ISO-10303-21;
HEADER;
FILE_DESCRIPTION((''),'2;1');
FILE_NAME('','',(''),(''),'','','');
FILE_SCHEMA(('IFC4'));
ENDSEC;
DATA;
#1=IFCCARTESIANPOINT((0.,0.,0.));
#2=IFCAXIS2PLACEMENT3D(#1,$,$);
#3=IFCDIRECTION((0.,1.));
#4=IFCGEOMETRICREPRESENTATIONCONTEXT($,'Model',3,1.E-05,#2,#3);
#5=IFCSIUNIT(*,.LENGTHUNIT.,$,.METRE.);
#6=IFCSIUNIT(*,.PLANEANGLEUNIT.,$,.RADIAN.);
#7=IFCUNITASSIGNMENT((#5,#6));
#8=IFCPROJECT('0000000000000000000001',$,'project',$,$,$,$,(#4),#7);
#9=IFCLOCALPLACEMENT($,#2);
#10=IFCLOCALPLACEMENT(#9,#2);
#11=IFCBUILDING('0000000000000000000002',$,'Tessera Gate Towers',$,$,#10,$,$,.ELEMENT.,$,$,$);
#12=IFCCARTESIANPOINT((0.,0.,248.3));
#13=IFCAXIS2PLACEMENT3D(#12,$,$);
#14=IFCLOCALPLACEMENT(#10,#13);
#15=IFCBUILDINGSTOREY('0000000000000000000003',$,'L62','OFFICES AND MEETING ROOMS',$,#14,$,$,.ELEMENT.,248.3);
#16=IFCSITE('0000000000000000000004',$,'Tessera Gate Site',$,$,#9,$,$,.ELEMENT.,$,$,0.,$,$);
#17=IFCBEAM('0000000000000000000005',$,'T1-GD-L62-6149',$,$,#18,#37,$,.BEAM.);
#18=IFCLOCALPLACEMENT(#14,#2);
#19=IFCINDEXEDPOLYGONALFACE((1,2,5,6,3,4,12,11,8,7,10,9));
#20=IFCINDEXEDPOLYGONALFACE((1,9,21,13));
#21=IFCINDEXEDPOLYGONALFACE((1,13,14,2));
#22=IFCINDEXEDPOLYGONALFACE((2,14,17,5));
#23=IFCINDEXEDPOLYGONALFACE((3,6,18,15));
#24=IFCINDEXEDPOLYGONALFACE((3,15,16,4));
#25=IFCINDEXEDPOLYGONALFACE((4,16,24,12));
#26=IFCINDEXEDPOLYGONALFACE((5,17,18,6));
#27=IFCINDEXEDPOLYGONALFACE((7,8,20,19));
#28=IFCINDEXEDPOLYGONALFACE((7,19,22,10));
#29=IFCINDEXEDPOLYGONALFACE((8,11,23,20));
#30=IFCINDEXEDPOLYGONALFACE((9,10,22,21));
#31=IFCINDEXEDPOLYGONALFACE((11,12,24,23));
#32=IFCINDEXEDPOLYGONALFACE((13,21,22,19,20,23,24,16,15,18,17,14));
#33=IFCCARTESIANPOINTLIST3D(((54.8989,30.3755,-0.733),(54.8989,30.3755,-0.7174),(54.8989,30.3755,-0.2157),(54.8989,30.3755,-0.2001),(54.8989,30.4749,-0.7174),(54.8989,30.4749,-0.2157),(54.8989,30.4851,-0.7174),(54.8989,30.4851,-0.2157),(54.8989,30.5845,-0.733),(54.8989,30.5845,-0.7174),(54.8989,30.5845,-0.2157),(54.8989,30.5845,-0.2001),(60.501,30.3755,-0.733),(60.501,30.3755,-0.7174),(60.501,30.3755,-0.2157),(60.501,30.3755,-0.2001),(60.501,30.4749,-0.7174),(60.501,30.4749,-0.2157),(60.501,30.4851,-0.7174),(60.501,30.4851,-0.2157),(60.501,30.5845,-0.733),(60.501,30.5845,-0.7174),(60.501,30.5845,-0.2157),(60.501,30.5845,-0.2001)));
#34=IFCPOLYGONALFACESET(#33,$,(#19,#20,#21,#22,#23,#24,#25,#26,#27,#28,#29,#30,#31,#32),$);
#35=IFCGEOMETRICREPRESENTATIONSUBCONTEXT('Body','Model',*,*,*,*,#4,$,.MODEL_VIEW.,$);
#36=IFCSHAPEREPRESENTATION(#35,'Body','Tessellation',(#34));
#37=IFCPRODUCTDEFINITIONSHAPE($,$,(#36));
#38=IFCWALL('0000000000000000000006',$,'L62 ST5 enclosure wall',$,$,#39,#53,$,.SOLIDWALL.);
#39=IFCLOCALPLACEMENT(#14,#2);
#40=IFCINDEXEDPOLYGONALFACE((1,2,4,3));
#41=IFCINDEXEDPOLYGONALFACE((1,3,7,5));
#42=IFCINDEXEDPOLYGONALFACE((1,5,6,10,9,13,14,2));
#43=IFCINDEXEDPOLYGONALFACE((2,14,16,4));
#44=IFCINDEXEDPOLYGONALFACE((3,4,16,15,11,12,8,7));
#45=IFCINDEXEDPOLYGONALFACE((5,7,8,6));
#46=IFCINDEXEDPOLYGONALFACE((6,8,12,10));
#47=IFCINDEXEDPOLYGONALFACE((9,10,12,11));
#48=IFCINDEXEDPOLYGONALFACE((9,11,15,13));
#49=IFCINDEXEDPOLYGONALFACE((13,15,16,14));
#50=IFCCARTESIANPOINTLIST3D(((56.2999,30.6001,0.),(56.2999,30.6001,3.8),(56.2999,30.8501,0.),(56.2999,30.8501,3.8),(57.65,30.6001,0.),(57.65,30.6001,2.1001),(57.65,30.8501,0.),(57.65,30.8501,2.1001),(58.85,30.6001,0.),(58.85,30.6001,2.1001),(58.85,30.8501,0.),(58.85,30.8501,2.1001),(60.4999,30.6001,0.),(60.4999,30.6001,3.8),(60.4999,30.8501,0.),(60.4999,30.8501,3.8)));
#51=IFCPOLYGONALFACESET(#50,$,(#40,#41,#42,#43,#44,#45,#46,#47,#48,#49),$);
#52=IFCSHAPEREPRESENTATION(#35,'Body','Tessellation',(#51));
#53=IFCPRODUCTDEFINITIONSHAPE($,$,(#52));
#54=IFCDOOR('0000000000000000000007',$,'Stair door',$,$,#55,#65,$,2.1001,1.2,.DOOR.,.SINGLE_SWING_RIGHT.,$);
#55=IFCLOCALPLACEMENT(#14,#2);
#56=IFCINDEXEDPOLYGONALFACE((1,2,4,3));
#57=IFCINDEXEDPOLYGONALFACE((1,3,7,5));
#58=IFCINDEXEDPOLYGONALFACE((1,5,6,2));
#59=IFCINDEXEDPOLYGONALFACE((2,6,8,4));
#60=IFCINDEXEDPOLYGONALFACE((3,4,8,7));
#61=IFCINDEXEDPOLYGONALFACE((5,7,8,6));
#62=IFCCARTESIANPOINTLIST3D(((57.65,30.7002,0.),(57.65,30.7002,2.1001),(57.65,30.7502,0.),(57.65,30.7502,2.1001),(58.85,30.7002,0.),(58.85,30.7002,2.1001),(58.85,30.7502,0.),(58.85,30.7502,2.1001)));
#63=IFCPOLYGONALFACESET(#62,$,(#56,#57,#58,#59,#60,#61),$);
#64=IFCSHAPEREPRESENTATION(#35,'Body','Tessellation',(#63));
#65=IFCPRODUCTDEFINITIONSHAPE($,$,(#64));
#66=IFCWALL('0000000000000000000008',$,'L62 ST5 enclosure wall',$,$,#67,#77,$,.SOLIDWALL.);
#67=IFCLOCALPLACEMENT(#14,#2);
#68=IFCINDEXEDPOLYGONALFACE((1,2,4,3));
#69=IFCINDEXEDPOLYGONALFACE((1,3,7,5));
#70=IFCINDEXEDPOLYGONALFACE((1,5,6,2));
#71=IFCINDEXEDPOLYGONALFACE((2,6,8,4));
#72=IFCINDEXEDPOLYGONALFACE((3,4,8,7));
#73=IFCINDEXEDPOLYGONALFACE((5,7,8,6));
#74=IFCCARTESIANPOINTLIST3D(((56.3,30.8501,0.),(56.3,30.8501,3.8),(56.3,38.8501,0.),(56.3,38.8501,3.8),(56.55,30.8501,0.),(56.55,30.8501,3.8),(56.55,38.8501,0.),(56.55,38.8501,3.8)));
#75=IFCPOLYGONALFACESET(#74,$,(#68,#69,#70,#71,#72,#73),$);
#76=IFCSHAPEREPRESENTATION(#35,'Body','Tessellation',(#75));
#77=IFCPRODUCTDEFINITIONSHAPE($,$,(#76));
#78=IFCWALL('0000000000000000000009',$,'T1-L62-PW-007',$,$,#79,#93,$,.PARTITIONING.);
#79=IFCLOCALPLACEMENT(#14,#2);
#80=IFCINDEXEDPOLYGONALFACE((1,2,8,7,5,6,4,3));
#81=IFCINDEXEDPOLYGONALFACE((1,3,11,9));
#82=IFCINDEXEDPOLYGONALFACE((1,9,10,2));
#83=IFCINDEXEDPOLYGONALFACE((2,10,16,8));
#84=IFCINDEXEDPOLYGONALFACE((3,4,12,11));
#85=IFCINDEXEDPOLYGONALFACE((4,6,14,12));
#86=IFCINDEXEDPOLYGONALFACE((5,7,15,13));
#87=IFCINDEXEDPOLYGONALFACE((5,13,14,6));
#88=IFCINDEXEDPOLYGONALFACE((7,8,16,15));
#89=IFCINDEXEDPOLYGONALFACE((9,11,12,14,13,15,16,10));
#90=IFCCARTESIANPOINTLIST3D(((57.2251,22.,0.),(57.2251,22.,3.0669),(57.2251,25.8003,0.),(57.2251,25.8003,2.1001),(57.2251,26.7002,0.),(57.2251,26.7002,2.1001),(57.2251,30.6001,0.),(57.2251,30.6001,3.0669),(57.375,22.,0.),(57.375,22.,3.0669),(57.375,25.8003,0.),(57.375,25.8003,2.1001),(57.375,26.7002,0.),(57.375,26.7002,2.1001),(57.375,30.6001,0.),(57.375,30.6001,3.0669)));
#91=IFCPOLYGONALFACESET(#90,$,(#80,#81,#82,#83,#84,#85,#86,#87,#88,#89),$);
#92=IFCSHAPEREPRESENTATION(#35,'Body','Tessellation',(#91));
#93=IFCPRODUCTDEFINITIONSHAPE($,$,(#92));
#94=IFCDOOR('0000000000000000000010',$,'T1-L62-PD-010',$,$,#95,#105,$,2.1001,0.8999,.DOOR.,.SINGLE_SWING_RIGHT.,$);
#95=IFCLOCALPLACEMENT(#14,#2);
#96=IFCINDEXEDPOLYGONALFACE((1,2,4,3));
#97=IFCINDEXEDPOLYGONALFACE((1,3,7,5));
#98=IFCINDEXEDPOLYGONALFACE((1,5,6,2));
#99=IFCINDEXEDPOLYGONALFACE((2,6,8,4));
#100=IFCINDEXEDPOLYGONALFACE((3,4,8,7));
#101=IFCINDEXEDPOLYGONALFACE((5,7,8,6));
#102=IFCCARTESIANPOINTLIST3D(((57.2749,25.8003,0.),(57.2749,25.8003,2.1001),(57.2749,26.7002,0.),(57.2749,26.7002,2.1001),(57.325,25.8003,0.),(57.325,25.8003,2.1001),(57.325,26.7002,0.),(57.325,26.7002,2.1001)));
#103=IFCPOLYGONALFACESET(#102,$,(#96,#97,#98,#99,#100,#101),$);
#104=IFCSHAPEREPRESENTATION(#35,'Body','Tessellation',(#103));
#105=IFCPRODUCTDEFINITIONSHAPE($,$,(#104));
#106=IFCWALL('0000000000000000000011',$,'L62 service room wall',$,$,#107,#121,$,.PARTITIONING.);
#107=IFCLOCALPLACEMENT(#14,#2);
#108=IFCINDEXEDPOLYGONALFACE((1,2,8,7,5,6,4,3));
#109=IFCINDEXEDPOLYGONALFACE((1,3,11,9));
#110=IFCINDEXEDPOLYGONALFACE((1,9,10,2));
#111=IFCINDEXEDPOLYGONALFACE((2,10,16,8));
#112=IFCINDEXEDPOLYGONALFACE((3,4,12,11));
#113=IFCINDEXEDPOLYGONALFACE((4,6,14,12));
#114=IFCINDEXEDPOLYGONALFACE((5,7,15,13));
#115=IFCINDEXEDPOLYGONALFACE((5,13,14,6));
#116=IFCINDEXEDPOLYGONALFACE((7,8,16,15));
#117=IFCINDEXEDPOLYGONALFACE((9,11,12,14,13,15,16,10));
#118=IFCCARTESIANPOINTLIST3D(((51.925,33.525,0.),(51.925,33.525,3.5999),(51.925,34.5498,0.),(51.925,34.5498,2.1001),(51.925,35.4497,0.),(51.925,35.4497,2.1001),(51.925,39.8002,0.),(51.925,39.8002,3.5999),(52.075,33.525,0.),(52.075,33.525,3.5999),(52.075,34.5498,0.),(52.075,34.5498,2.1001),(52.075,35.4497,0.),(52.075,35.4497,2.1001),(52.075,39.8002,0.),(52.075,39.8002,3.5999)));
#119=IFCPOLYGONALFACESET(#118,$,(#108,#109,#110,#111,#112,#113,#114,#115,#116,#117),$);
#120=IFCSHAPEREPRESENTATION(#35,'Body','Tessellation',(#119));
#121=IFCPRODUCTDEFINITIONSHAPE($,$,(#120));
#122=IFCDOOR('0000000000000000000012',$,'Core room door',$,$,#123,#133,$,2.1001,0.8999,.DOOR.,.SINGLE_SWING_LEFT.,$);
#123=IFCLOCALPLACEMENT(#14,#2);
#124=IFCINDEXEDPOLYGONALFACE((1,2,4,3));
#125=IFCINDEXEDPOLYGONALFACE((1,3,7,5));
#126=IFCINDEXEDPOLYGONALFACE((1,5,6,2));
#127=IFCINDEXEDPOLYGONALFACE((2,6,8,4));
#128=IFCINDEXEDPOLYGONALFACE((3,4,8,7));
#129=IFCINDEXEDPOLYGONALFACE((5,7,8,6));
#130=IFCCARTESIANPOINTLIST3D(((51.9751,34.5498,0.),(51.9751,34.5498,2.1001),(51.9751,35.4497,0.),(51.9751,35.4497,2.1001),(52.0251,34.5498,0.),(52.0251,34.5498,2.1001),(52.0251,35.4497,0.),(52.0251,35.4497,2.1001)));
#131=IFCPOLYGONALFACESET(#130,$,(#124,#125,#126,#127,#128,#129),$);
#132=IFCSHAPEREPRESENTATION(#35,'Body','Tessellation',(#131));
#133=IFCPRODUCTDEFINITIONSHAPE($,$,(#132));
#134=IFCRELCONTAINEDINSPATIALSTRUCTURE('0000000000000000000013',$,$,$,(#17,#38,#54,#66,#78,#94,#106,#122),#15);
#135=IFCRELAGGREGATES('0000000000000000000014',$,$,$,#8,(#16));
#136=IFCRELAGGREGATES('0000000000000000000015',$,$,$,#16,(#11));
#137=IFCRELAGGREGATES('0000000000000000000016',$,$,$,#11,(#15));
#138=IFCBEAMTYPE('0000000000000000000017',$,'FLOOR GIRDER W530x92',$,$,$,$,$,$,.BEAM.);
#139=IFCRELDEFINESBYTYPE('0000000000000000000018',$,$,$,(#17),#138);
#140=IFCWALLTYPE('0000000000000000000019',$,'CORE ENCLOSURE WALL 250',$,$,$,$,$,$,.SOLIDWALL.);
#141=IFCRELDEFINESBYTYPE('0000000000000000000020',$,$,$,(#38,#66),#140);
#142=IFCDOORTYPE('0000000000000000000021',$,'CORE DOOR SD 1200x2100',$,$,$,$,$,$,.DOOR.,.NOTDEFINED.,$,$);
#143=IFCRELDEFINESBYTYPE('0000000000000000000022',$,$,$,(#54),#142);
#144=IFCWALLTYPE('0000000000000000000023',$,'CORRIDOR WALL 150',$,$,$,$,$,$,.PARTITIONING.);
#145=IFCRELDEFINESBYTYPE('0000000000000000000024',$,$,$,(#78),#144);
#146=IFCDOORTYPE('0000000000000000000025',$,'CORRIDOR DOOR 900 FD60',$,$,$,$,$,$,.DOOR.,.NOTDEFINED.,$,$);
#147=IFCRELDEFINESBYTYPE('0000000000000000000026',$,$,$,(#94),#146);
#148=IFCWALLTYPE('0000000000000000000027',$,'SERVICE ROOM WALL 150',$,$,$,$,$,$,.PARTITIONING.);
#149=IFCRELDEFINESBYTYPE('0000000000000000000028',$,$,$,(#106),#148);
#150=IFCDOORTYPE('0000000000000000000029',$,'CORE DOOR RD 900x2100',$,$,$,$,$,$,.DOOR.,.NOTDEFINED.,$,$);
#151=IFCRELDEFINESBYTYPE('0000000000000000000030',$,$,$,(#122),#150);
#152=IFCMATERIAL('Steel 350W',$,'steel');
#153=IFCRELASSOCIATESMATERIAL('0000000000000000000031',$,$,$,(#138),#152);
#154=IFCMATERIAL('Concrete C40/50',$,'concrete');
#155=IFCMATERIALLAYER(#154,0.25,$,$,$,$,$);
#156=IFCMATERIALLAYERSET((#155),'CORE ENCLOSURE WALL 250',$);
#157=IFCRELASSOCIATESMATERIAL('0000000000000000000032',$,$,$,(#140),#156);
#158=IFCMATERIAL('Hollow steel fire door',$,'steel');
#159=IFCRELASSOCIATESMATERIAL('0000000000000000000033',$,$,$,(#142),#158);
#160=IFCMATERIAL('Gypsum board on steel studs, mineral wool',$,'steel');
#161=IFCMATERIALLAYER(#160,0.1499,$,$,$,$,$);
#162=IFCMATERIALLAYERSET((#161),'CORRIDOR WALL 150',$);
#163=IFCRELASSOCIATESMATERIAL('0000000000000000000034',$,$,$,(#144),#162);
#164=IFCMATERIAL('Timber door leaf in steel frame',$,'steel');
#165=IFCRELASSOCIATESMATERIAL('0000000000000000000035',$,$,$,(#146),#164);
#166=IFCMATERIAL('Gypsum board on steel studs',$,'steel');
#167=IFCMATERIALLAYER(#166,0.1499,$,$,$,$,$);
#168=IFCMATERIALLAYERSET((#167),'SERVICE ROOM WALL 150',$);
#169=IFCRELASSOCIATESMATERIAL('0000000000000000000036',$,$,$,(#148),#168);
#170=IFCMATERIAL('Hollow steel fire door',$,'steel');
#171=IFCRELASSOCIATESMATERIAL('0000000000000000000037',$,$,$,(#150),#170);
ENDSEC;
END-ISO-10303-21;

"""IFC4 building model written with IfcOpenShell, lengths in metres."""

from ifc_helpers import new_model, si_unit, direction, frame, frame_2d, origin, origin_2d, place, context, subcontext, project, spatial, rectangle, i_section, extrude, source, transform, mapped, material, layer, layer_set, material_profile, profile_set, type_object, element, fill, save


model = new_model("IFC4")

# Units and contexts
model_context = context("Model", 3, precision=1e-05, world=origin(), true_north=direction((0.0, 1.0)))
body_context = subcontext(model_context, "Body", "Model", "MODEL_VIEW")
ifc_project = project(units=[si_unit("LENGTHUNIT", "METRE"), si_unit("PLANEANGLEUNIT", "RADIAN")], contexts=[model_context])

# Site, building, storey
site_placement = place(None, origin())
site = spatial("IfcSite", under=ifc_project, at=site_placement, Name="Tessera Gate Site", CompositionType="ELEMENT", RefElevation=0.0)
building_placement = place(site_placement, origin())
building = spatial("IfcBuilding", under=site, at=building_placement, Name="Tessera Gate Towers", CompositionType="ELEMENT")
storey_placement = place(building_placement, frame((0.0, 0.0, 248.3)))
storey = spatial("IfcBuildingStorey", under=building, at=storey_placement, Name="L62", Description="OFFICES AND MEETING ROOMS", CompositionType="ELEMENT", Elevation=248.3)

# Beam
ifc_material_1 = material(Name="Steel 350W", Category="steel")
ifc_material_profile = material_profile(ifc_material_1, i_section(OverallWidth=0.209, OverallDepth=0.533, WebThickness=0.0103, FlangeThickness=0.0156, at=origin_2d()), Name="W530x92")
ifc_profile_set = profile_set([ifc_material_profile], Name="Steel 350W")
beam_type = type_object("IfcBeamType", Name="FLOOR GIRDER W530x92", PredefinedType="BEAM", material=ifc_profile_set)
beam_placement = place(storey_placement, frame((54.8989, 30.48, -0.4666), z_axis=(1.0, 0.0, 0.0), x_axis=(0.0, 1.0, 0.0)))
element("IfcBeam", 1, at=beam_placement, inside=storey, type_object=beam_type, Name="T1-GD-L62-6149", PredefinedType="BEAM", context=body_context, shape_type="SweptSolid", body=[
    extrude(i_section(OverallWidth=0.209, OverallDepth=0.533, WebThickness=0.0103, FlangeThickness=0.0156, at=origin_2d()), origin(), (0.0, 0.0, 1.0), 5.6021),
])

# Wall, opening, door
ifc_material_2 = material(Name="Concrete C40/50", Category="concrete")
ifc_layer_1 = layer(ifc_material_2, 0.25)
ifc_layer_set_1 = layer_set([ifc_layer_1], Name="CORE ENCLOSURE WALL 250")
wall_type_1 = type_object("IfcWallType", Name="CORE ENCLOSURE WALL 250", PredefinedType="SOLIDWALL", material=ifc_layer_set_1)
wall_1_placement = place(storey_placement, frame((60.5, 30.7251, 0.0), z_axis=(0.0, 0.0, 1.0), x_axis=(-1.0, 0.0, 0.0)))
wall_1 = element("IfcWall", 2, at=wall_1_placement, inside=storey, type_object=wall_type_1, Name="L62 ST5 enclosure wall", PredefinedType="SOLIDWALL", context=body_context, shape_type="SweptSolid", body=[
    extrude(rectangle(XDim=4.2, YDim=0.25, at=frame_2d((2.1001, 0.0))), origin(), (0.0, 0.0, 1.0), 3.8),
])
shared_shape_1 = source(origin(), body_context, "Body", "SweptSolid", [
    extrude(rectangle(XDim=1.2, YDim=2.1001, at=frame_2d((0.6001, 1.05))), frame((0.0, 0.135, 0.0), z_axis=(0.0, -1.0, 0.0), x_axis=(1.0, 0.0, 0.0)), (0.0, 0.0, 1.0), 0.27),
])
opening_1_placement = place(wall_1_placement, frame((1.6499, 0.0, 0.0)))
opening_1 = element("IfcOpeningElement", 3, at=opening_1_placement, cuts=wall_1, PredefinedType="OPENING", context=body_context, shape_type="MappedRepresentation", body=[
    mapped(shared_shape_1, transform((0.0, 0.0, 0.0), scale=1.0)),
])
ifc_material_3 = material(Name="Hollow steel fire door", Category="steel")
door_type_1 = type_object("IfcDoorType", Name="CORE DOOR SD 1200x2100", OperationType="NOTDEFINED", PredefinedType="DOOR", material=ifc_material_3)
shared_shape_2 = source(origin(), body_context, "Body", "SweptSolid", [
    extrude(rectangle(XDim=1.2, YDim=2.1001, at=frame_2d((0.6001, 1.05))), frame((0.0, 0.0249, 0.0), z_axis=(0.0, -1.0, 0.0), x_axis=(1.0, 0.0, 0.0)), (0.0, 0.0, 1.0), 0.05),
])
door_1_placement = place(opening_1_placement, origin())
door_1 = element("IfcDoor", 4, at=door_1_placement, inside=storey, type_object=door_type_1, Name="Stair door", OperationType="SINGLE_SWING_RIGHT", OverallHeight=2.1001, OverallWidth=1.2, PredefinedType="DOOR", context=body_context, shape_type="MappedRepresentation", body=[
    mapped(shared_shape_2, transform((0.0, 0.0, 0.0), scale=1.0)),
])
fill(opening_1, door_1)

# Wall
wall_2_placement = place(storey_placement, frame((56.425, 30.8501, 0.0), z_axis=(0.0, 0.0, 1.0), x_axis=(0.0, 1.0, 0.0)))
element("IfcWall", 5, at=wall_2_placement, inside=storey, type_object=wall_type_1, Name="L62 ST5 enclosure wall", PredefinedType="SOLIDWALL", context=body_context, shape_type="SweptSolid", body=[
    extrude(rectangle(XDim=8.0, YDim=0.25, at=frame_2d((4.0, 0.0))), origin(), (0.0, 0.0, 1.0), 3.8),
])

# Walls, openings, doors
ifc_material_4 = material(Name="Gypsum board on steel studs, mineral wool", Category="steel")
ifc_layer_2 = layer(ifc_material_4, 0.1499)
ifc_layer_set_2 = layer_set([ifc_layer_2], Name="CORRIDOR WALL 150")
wall_type_2 = type_object("IfcWallType", Name="CORRIDOR WALL 150", PredefinedType="PARTITIONING", material=ifc_layer_set_2)
wall_3_placement = place(storey_placement, frame((57.3, 30.6001, 0.0), z_axis=(0.0, 0.0, 1.0), x_axis=(0.0, -1.0, 0.0)))
wall_3 = element("IfcWall", 6, at=wall_3_placement, inside=storey, type_object=wall_type_2, Name="T1-L62-PW-007", PredefinedType="PARTITIONING", context=body_context, shape_type="SweptSolid", body=[
    extrude(rectangle(XDim=8.6001, YDim=0.1499, at=frame_2d((4.3, 0.0))), origin(), (0.0, 0.0, 1.0), 3.0669),
])
shared_shape_3 = source(origin(), body_context, "Body", "SweptSolid", [
    extrude(rectangle(XDim=0.8999, YDim=2.1001, at=frame_2d((0.45, 1.05))), frame((0.0, 0.085, 0.0), z_axis=(0.0, -1.0, 0.0), x_axis=(1.0, 0.0, 0.0)), (0.0, 0.0, 1.0), 0.1699),
])
opening_2_placement = place(wall_3_placement, frame((3.8999, 0.0, 0.0)))
opening_2 = element("IfcOpeningElement", 7, at=opening_2_placement, cuts=wall_3, PredefinedType="OPENING", context=body_context, shape_type="MappedRepresentation", body=[
    mapped(shared_shape_3, transform((0.0, 0.0, 0.0), scale=1.0)),
])
ifc_material_5 = material(Name="Timber door leaf in steel frame", Category="steel")
door_type_2 = type_object("IfcDoorType", Name="CORRIDOR DOOR 900 FD60", OperationType="NOTDEFINED", PredefinedType="DOOR", material=ifc_material_5)
shared_shape_4 = source(origin(), body_context, "Body", "SweptSolid", [
    extrude(rectangle(XDim=0.8999, YDim=2.1001, at=frame_2d((0.45, 1.05))), frame((0.0, 0.0249, 0.0), z_axis=(0.0, -1.0, 0.0), x_axis=(1.0, 0.0, 0.0)), (0.0, 0.0, 1.0), 0.05),
])
door_2_placement = place(opening_2_placement, origin())
door_2 = element("IfcDoor", 8, at=door_2_placement, inside=storey, type_object=door_type_2, Name="T1-L62-PD-010", OperationType="SINGLE_SWING_RIGHT", OverallHeight=2.1001, OverallWidth=0.8999, PredefinedType="DOOR", context=body_context, shape_type="MappedRepresentation", body=[
    mapped(shared_shape_4, transform((0.0, 0.0, 0.0), scale=1.0)),
])
fill(opening_2, door_2)
ifc_material_6 = material(Name="Gypsum board on steel studs", Category="steel")
ifc_layer_3 = layer(ifc_material_6, 0.1499)
ifc_layer_set_3 = layer_set([ifc_layer_3], Name="SERVICE ROOM WALL 150")
wall_type_3 = type_object("IfcWallType", Name="SERVICE ROOM WALL 150", PredefinedType="PARTITIONING", material=ifc_layer_set_3)
wall_4_placement = place(storey_placement, frame((52.0, 33.5249, 0.0), z_axis=(0.0, 0.0, 1.0), x_axis=(0.0, 1.0, 0.0)))
wall_4 = element("IfcWall", 9, at=wall_4_placement, inside=storey, type_object=wall_type_3, Name="L62 service room wall", PredefinedType="PARTITIONING", context=body_context, shape_type="SweptSolid", body=[
    extrude(rectangle(XDim=6.2751, YDim=0.1499, at=frame_2d((3.1377, 0.0))), origin(), (0.0, 0.0, 1.0), 3.5999),
])
opening_3_placement = place(wall_4_placement, frame((1.0249, 0.0, 0.0)))
opening_3 = element("IfcOpeningElement", 10, at=opening_3_placement, cuts=wall_4, PredefinedType="OPENING", context=body_context, shape_type="MappedRepresentation", body=[
    mapped(shared_shape_3, transform((0.0, 0.0, 0.0), scale=1.0)),
])
ifc_material_7 = material(Name="Hollow steel fire door", Category="steel")
door_type_3 = type_object("IfcDoorType", Name="CORE DOOR RD 900x2100", OperationType="NOTDEFINED", PredefinedType="DOOR", material=ifc_material_7)
door_3_placement = place(opening_3_placement, origin())
door_3 = element("IfcDoor", 11, at=door_3_placement, inside=storey, type_object=door_type_3, Name="Core room door", OperationType="SINGLE_SWING_LEFT", OverallHeight=2.1001, OverallWidth=0.8999, PredefinedType="DOOR", context=body_context, shape_type="MappedRepresentation", body=[
    mapped(shared_shape_4, transform((0.0, 0.0, 0.0), scale=1.0)),
])
fill(opening_3, door_3)

save(model, "model.ifc")
